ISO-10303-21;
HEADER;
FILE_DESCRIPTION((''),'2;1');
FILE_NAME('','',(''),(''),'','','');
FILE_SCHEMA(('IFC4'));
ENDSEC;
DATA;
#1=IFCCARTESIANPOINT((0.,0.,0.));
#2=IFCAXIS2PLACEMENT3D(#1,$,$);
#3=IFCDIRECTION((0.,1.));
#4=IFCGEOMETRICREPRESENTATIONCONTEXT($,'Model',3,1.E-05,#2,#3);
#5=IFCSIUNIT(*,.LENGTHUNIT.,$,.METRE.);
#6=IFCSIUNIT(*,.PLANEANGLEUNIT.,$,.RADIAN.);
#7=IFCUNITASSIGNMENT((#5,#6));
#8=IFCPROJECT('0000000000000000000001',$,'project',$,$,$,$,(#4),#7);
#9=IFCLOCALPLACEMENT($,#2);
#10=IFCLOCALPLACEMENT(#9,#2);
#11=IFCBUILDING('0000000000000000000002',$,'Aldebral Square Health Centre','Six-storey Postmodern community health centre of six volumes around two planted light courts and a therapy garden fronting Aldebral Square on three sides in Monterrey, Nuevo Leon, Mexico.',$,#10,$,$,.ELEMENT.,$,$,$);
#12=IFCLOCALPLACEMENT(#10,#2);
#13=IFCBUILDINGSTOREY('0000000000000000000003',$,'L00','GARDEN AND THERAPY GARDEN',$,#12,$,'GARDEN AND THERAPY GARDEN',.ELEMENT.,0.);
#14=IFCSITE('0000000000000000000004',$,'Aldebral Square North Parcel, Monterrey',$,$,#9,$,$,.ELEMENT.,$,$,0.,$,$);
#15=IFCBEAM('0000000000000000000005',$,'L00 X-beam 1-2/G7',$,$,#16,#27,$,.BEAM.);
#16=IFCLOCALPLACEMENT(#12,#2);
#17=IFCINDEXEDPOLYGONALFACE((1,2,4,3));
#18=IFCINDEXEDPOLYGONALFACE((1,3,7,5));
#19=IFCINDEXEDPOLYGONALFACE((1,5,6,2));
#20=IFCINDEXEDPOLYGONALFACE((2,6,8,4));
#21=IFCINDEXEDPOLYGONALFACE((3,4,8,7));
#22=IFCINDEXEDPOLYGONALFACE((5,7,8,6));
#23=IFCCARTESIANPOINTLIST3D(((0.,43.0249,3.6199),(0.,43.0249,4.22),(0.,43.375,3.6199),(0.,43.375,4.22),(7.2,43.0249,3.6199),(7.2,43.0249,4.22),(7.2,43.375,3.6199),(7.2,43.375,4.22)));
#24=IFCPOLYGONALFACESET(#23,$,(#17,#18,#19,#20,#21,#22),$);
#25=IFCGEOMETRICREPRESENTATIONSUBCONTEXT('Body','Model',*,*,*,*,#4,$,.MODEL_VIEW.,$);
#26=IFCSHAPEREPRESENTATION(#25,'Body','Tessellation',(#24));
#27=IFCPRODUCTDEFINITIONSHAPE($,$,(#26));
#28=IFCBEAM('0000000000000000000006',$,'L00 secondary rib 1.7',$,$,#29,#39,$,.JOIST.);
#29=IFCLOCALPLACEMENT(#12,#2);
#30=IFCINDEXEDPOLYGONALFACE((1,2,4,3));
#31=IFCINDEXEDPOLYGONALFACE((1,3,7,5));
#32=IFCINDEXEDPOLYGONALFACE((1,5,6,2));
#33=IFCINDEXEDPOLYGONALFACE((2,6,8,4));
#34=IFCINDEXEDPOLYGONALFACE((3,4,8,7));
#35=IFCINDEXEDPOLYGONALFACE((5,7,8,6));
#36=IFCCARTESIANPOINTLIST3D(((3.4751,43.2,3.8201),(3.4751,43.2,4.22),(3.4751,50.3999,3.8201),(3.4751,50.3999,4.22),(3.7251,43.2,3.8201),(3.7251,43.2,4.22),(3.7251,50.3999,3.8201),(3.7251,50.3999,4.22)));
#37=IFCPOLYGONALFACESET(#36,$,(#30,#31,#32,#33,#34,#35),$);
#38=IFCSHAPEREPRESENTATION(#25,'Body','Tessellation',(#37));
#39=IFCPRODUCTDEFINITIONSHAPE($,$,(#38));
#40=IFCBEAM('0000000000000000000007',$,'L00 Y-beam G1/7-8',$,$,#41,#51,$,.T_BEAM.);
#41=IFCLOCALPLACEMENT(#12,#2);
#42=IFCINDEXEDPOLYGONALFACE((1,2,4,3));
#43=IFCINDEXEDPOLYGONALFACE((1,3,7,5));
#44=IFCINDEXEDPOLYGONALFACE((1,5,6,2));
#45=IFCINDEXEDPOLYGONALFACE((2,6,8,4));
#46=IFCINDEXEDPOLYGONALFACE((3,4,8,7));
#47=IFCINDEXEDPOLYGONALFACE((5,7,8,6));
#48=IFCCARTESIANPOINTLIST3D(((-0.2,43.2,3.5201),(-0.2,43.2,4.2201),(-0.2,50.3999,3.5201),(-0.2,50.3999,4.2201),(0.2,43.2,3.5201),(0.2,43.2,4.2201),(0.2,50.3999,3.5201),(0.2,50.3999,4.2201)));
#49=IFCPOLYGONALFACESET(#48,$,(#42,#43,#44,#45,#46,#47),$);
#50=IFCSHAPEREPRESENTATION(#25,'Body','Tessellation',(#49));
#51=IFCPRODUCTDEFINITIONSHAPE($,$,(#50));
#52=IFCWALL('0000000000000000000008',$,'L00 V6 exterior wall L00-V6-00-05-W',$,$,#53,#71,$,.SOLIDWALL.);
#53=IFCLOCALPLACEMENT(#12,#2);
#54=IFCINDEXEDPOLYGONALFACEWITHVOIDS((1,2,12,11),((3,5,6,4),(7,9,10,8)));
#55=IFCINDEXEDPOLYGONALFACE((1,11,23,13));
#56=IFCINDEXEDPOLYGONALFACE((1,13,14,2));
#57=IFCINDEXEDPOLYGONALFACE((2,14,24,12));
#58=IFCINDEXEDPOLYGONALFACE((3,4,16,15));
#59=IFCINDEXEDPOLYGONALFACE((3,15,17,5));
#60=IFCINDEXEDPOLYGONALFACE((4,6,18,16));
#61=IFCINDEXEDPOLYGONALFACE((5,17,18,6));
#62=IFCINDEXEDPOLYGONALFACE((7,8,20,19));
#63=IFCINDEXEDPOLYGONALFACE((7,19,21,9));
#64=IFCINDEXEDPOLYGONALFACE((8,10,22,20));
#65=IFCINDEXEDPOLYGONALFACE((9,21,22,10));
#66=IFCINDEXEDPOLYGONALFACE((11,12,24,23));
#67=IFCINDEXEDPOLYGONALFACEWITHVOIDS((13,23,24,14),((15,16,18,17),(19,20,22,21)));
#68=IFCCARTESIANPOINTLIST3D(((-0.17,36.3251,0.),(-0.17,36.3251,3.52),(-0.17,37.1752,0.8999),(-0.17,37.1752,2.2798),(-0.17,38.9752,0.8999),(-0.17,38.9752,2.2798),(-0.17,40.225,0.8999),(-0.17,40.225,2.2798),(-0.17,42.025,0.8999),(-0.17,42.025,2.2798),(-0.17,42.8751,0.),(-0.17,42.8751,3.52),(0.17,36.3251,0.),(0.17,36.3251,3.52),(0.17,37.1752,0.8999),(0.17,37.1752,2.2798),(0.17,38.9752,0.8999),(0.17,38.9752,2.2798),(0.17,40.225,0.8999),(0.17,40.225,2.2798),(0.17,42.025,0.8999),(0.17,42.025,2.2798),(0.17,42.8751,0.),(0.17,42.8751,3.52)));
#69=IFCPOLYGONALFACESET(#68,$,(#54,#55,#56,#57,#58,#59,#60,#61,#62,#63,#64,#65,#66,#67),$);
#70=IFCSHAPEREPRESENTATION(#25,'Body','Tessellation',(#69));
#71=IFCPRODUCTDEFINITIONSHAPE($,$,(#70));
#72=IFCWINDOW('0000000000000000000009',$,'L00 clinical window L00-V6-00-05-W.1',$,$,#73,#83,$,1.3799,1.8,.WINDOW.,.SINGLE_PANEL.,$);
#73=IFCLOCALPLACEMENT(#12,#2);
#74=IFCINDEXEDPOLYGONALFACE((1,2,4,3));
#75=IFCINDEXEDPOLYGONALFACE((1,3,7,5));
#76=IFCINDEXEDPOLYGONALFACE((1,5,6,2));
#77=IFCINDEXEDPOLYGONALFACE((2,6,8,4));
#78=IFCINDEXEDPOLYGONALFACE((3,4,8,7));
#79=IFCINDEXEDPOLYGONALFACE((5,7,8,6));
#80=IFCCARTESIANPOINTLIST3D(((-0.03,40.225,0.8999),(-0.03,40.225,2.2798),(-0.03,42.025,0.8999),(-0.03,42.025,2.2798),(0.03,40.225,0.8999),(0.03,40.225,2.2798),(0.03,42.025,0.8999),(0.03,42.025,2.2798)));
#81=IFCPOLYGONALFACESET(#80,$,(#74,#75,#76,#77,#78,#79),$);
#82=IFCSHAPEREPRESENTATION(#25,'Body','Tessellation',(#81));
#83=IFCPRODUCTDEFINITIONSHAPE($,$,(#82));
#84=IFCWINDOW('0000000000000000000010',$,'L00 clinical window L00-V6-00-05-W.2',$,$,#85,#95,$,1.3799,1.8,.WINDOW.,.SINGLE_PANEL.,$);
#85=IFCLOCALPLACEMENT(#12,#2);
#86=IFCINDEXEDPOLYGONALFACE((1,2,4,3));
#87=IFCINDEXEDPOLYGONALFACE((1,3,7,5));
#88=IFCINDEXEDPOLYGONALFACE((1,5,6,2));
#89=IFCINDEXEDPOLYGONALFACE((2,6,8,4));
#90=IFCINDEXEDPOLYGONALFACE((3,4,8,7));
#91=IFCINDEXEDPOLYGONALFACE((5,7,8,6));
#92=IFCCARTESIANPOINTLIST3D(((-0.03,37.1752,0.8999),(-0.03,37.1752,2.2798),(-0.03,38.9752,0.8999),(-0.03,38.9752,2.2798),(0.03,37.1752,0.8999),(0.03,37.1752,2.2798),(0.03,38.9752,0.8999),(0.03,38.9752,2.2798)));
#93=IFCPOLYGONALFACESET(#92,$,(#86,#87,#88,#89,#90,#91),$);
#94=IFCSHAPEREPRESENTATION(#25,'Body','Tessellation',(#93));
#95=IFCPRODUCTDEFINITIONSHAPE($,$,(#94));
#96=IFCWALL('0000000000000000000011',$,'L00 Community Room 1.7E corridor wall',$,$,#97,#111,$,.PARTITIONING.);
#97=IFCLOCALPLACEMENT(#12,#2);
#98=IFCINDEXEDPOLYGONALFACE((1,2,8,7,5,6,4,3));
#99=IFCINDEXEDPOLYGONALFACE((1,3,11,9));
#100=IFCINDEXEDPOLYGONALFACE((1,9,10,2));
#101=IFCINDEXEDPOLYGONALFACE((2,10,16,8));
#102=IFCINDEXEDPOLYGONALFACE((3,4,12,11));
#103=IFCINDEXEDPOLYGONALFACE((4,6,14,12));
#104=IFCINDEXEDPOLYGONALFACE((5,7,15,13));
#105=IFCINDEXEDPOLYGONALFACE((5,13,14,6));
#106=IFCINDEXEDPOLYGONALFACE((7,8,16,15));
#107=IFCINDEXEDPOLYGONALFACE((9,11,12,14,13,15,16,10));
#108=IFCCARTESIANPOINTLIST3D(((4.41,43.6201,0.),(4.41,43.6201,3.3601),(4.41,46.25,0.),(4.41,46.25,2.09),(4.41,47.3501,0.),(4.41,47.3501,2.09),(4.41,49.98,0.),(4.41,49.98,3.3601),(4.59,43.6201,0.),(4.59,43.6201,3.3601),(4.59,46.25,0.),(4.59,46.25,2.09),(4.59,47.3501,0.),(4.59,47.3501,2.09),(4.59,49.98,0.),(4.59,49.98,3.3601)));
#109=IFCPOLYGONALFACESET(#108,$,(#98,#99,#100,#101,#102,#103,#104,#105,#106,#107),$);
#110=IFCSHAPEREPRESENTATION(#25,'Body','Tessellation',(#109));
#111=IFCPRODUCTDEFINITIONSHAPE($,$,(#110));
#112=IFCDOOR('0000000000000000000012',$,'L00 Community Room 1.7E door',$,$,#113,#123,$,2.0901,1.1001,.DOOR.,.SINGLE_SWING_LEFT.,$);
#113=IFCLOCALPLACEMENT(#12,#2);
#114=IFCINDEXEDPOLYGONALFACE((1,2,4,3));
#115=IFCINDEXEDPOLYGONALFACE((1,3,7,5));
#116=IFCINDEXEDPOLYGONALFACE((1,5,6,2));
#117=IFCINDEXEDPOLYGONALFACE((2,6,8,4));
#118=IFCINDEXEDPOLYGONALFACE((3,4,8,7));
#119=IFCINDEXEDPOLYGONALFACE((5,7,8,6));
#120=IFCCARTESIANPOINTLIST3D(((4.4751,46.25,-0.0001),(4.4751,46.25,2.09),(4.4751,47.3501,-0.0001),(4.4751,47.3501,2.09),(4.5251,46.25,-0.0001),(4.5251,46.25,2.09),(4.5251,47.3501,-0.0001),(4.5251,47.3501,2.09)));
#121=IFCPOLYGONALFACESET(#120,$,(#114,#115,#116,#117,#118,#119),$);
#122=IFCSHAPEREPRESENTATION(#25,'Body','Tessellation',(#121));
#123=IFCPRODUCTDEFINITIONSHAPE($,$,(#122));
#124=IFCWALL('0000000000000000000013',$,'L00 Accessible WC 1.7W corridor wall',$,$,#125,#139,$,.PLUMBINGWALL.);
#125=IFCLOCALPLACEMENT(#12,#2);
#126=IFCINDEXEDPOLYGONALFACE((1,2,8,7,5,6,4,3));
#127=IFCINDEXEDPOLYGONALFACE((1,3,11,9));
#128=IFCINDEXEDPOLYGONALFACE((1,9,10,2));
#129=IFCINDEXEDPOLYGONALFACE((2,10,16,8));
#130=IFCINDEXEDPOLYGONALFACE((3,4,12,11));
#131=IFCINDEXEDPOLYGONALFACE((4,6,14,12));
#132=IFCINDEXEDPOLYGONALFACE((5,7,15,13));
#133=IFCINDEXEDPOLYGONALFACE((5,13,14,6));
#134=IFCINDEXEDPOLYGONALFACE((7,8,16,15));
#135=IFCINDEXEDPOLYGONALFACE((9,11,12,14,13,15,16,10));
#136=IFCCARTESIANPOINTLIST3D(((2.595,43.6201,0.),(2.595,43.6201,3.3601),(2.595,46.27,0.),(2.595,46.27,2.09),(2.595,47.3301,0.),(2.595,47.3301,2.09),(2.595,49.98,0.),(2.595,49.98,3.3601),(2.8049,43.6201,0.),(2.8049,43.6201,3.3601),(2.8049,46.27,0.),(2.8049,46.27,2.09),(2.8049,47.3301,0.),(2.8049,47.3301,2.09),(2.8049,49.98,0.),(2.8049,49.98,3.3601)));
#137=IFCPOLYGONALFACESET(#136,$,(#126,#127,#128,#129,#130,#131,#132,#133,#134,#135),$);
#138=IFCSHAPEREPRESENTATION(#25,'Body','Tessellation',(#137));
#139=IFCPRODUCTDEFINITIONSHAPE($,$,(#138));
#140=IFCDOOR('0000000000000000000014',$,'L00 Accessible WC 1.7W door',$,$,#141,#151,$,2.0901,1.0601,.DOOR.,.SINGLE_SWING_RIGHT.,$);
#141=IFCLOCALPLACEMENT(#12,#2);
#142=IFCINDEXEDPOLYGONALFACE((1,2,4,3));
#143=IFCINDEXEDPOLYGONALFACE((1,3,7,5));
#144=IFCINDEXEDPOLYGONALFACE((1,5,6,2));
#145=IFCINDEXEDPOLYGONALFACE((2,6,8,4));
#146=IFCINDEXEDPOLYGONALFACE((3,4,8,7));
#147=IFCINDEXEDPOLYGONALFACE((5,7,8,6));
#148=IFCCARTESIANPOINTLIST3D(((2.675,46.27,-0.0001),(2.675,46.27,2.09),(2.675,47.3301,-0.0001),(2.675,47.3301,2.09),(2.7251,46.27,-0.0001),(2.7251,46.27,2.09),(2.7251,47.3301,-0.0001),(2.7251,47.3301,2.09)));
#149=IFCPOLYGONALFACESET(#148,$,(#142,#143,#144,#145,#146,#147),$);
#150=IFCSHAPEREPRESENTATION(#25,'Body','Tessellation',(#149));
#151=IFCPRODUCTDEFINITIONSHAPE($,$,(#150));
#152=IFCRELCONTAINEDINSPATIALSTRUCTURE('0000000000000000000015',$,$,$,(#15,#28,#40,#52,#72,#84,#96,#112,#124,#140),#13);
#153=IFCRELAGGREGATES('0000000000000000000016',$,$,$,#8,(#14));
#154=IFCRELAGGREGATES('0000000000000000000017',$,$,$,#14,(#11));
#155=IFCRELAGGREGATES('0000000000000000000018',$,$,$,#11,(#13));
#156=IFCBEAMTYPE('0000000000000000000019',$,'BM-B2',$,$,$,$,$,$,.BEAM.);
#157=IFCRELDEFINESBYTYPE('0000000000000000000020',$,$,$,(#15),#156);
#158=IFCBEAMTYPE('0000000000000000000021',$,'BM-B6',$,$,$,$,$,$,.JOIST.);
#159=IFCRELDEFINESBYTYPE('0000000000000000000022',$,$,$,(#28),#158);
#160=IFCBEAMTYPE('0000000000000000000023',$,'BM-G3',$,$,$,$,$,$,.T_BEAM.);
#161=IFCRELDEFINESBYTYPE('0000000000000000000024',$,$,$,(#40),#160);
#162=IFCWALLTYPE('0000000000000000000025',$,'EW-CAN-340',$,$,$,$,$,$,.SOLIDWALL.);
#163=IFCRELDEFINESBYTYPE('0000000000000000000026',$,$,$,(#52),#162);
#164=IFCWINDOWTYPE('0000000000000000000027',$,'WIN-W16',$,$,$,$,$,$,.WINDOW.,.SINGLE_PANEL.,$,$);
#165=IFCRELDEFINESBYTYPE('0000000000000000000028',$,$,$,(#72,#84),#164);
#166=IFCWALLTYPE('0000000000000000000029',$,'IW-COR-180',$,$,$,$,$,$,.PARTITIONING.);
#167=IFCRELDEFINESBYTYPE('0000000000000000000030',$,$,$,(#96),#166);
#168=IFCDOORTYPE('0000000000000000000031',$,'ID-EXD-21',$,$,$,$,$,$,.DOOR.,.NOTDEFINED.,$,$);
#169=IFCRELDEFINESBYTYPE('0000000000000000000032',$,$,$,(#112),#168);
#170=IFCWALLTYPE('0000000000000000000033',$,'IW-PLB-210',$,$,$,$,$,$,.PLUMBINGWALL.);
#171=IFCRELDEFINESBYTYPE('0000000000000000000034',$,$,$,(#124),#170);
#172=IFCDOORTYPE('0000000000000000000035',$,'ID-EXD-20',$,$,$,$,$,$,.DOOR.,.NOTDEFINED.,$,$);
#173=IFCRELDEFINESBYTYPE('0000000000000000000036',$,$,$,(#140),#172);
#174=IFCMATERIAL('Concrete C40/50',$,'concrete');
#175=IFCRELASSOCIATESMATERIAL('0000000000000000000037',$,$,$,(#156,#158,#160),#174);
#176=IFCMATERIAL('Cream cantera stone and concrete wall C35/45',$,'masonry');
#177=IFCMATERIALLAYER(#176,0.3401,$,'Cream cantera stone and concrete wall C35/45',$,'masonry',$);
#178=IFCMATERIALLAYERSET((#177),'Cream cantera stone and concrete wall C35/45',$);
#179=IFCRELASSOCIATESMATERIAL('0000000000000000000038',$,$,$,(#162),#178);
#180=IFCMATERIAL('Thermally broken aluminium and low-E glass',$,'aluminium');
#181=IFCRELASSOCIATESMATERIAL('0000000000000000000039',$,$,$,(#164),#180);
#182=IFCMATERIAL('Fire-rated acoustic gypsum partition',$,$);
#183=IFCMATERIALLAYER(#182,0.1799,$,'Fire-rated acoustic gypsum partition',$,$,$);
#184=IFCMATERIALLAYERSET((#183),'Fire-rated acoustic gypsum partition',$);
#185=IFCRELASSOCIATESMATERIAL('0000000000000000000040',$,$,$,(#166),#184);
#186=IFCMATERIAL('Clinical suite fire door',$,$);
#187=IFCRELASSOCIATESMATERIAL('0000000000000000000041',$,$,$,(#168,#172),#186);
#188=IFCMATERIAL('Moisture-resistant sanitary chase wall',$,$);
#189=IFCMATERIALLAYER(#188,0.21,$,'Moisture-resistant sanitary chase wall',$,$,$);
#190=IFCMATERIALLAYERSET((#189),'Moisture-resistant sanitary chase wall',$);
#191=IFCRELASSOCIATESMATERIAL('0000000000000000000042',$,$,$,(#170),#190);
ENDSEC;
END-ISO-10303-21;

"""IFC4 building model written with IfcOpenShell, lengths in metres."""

from ifc_helpers import new_model, si_unit, direction, frame, frame_2d, origin, origin_2d, place, context, subcontext, project, spatial, rectangle, extrude, material, layer, layer_set, material_profile, profile_set, type_object, element, fill, save


model = new_model("IFC4")

# Units and contexts
model_context = context("Model", 3, precision=1e-05, world=origin(), true_north=direction((0.0, 1.0)))
body_context = subcontext(model_context, "Body", "Model", "MODEL_VIEW")
ifc_project = project(units=[si_unit("LENGTHUNIT", "METRE"), si_unit("PLANEANGLEUNIT", "RADIAN")], contexts=[model_context])

# Site, building, storey
site_placement = place(None, origin())
site = spatial("IfcSite", under=ifc_project, at=site_placement, Name="Aldebral Square North Parcel, Monterrey", CompositionType="ELEMENT", RefElevation=0.0)
building_placement = place(site_placement, origin())
building = spatial("IfcBuilding", under=site, at=building_placement, Name="Aldebral Square Health Centre", Description="Six-storey Postmodern community health centre of six volumes around two planted light courts and a therapy garden fronting Aldebral Square on three sides in Monterrey, Nuevo Leon, Mexico.", CompositionType="ELEMENT")
storey_placement = place(building_placement, origin())
storey = spatial("IfcBuildingStorey", under=building, at=storey_placement, Name="L00", Description="GARDEN AND THERAPY GARDEN", LongName="GARDEN AND THERAPY GARDEN", CompositionType="ELEMENT", Elevation=0.0)

# Shared definitions
ifc_material_1 = material(Name="Concrete C40/50", Category="concrete")

# Beams
ifc_material_profile_1 = material_profile(ifc_material_1, rectangle(XDim=0.3501, YDim=0.6001, at=origin_2d()), Name="RC 350x600")
ifc_profile_set_1 = profile_set([ifc_material_profile_1], Name="Concrete C40/50")
beam_type_1 = type_object("IfcBeamType", Name="BM-B2", PredefinedType="BEAM", material=ifc_profile_set_1)
beam_1_placement = place(storey_placement, frame((0.0, 43.2, 3.9199), z_axis=(1.0, 0.0, 0.0), x_axis=(0.0, 1.0, 0.0)))
element("IfcBeam", 1, at=beam_1_placement, inside=storey, type_object=beam_type_1, Name="L00 X-beam 1-2/G7", PredefinedType="BEAM", context=body_context, shape_type="SweptSolid", body=[
    extrude(rectangle(XDim=0.3501, YDim=0.6001, at=origin_2d()), origin(), (0.0, 0.0, 1.0), 7.2),
])
ifc_material_profile_2 = material_profile(ifc_material_1, rectangle(XDim=0.25, YDim=0.3999, at=origin_2d()), Name="RC 250x400")
ifc_profile_set_2 = profile_set([ifc_material_profile_2], Name="Concrete C40/50")
beam_type_2 = type_object("IfcBeamType", Name="BM-B6", PredefinedType="JOIST", material=ifc_profile_set_2)
beam_2_placement = place(storey_placement, frame((3.6001, 43.2, 4.02), z_axis=(0.0, 1.0, 0.0), x_axis=(-1.0, 0.0, 0.0)))
element("IfcBeam", 2, at=beam_2_placement, inside=storey, type_object=beam_type_2, Name="L00 secondary rib 1.7", PredefinedType="JOIST", context=body_context, shape_type="SweptSolid", body=[
    extrude(rectangle(XDim=0.25, YDim=0.3999, at=origin_2d()), origin(), (0.0, 0.0, 1.0), 7.2),
])
ifc_material_profile_3 = material_profile(ifc_material_1, rectangle(XDim=0.3999, YDim=0.7, at=origin_2d()), Name="RC 400x700")
ifc_profile_set_3 = profile_set([ifc_material_profile_3], Name="Concrete C40/50")
beam_type_3 = type_object("IfcBeamType", Name="BM-G3", PredefinedType="T_BEAM", material=ifc_profile_set_3)
beam_3_placement = place(storey_placement, frame((0.0, 43.2, 3.8701), z_axis=(0.0, 1.0, 0.0), x_axis=(-1.0, 0.0, 0.0)))
element("IfcBeam", 3, at=beam_3_placement, inside=storey, type_object=beam_type_3, Name="L00 Y-beam G1/7-8", PredefinedType="T_BEAM", context=body_context, shape_type="SweptSolid", body=[
    extrude(rectangle(XDim=0.3999, YDim=0.7, at=origin_2d()), origin(), (0.0, 0.0, 1.0), 7.2),
])

# Wall, openings, windows
ifc_material_2 = material(Name="Cream cantera stone and concrete wall C35/45", Category="masonry")
ifc_layer_1 = layer(ifc_material_2, 0.3401, Name="Cream cantera stone and concrete wall C35/45", Category="masonry")
ifc_layer_set_1 = layer_set([ifc_layer_1], Name="Cream cantera stone and concrete wall C35/45")
wall_type_1 = type_object("IfcWallType", Name="EW-CAN-340", PredefinedType="SOLIDWALL", material=ifc_layer_set_1)
wall_1_placement = place(storey_placement, frame((0.0, 42.875, 0.0), z_axis=(0.0, 0.0, 1.0), x_axis=(0.0, -1.0, 0.0)))
wall_1 = element("IfcWall", 4, at=wall_1_placement, inside=storey, type_object=wall_type_1, Name="L00 V6 exterior wall L00-V6-00-05-W", PredefinedType="SOLIDWALL", context=body_context, shape_type="SweptSolid", body=[
    extrude(rectangle(XDim=6.55, YDim=0.3401, at=frame_2d((3.2749, 0.0))), origin(), (0.0, 0.0, 1.0), 3.52),
])
opening_1_placement = place(wall_1_placement, frame((0.8501, 0.0, 0.8999)))
opening_1 = element("IfcOpeningElement", 5, at=opening_1_placement, cuts=wall_1, PredefinedType="OPENING", context=body_context, shape_type="SweptSolid", body=[
    extrude(rectangle(XDim=1.8, YDim=1.3799, at=frame_2d((0.8999, 0.6899))), frame((0.0, 0.1802, 0.0), z_axis=(0.0, -1.0, 0.0), x_axis=(1.0, 0.0, 0.0)), (0.0, 0.0, 1.0), 0.3601),
])
opening_2_placement = place(wall_1_placement, frame((3.8999, 0.0, 0.8999)))
opening_2 = element("IfcOpeningElement", 6, at=opening_2_placement, cuts=wall_1, PredefinedType="OPENING", context=body_context, shape_type="SweptSolid", body=[
    extrude(rectangle(XDim=1.8, YDim=1.3799, at=frame_2d((0.8999, 0.6899))), frame((0.0, 0.1802, 0.0), z_axis=(0.0, -1.0, 0.0), x_axis=(1.0, 0.0, 0.0)), (0.0, 0.0, 1.0), 0.3601),
])
ifc_material_3 = material(Name="Thermally broken aluminium and low-E glass", Category="aluminium")
window_type = type_object("IfcWindowType", Name="WIN-W16", PartitioningType="SINGLE_PANEL", PredefinedType="WINDOW", material=ifc_material_3)
window_1_placement = place(opening_1_placement, origin())
window_1 = element("IfcWindow", 7, at=window_1_placement, inside=storey, type_object=window_type, Name="L00 clinical window L00-V6-00-05-W.1", OverallHeight=1.3799, OverallWidth=1.8, PartitioningType="SINGLE_PANEL", PredefinedType="WINDOW", context=body_context, shape_type="SweptSolid", body=[
    extrude(rectangle(XDim=1.8, YDim=1.3799, at=frame_2d((0.8999, 0.6899))), frame((0.0, 0.03, 0.0), z_axis=(0.0, -1.0, 0.0), x_axis=(1.0, 0.0, 0.0)), (0.0, 0.0, 1.0), 0.0601),
])
fill(opening_1, window_1)
window_2_placement = place(opening_2_placement, origin())
window_2 = element("IfcWindow", 8, at=window_2_placement, inside=storey, type_object=window_type, Name="L00 clinical window L00-V6-00-05-W.2", OverallHeight=1.3799, OverallWidth=1.8, PartitioningType="SINGLE_PANEL", PredefinedType="WINDOW", context=body_context, shape_type="SweptSolid", body=[
    extrude(rectangle(XDim=1.8, YDim=1.3799, at=frame_2d((0.8999, 0.6899))), frame((0.0, 0.03, 0.0), z_axis=(0.0, -1.0, 0.0), x_axis=(1.0, 0.0, 0.0)), (0.0, 0.0, 1.0), 0.0601),
])
fill(opening_2, window_2)

# Walls, openings, doors
ifc_material_4 = material(Name="Fire-rated acoustic gypsum partition")
ifc_layer_2 = layer(ifc_material_4, 0.1799, Name="Fire-rated acoustic gypsum partition")
ifc_layer_set_2 = layer_set([ifc_layer_2], Name="Fire-rated acoustic gypsum partition")
wall_type_2 = type_object("IfcWallType", Name="IW-COR-180", PredefinedType="PARTITIONING", material=ifc_layer_set_2)
wall_2_placement = place(storey_placement, frame((4.5, 43.6201, 0.0), z_axis=(0.0, 0.0, 1.0), x_axis=(0.0, 1.0, 0.0)))
wall_2 = element("IfcWall", 9, at=wall_2_placement, inside=storey, type_object=wall_type_2, Name="L00 Community Room 1.7E corridor wall", PredefinedType="PARTITIONING", context=body_context, shape_type="SweptSolid", body=[
    extrude(rectangle(XDim=6.3599, YDim=0.1799, at=frame_2d((3.1799, 0.0))), origin(), (0.0, 0.0, 1.0), 3.3601),
])
opening_3_placement = place(wall_2_placement, frame((2.6299, 0.0, 0.0)))
opening_3 = element("IfcOpeningElement", 10, at=opening_3_placement, cuts=wall_2, PredefinedType="OPENING", context=body_context, shape_type="SweptSolid", body=[
    extrude(rectangle(XDim=1.1001, YDim=2.0901, at=frame_2d((0.55, 1.0449))), frame((0.0, 0.1001, 0.0), z_axis=(0.0, -1.0, 0.0), x_axis=(1.0, 0.0, 0.0)), (0.0, 0.0, 1.0), 0.2),
])
ifc_material_5 = material(Name="Clinical suite fire door")
door_type_1 = type_object("IfcDoorType", Name="ID-EXD-21", OperationType="NOTDEFINED", PredefinedType="DOOR", material=ifc_material_5)
door_1_placement = place(opening_3_placement, origin())
door_1 = element("IfcDoor", 11, at=door_1_placement, inside=storey, type_object=door_type_1, Name="L00 Community Room 1.7E door", OperationType="SINGLE_SWING_LEFT", OverallHeight=2.0901, OverallWidth=1.1001, PredefinedType="DOOR", context=body_context, shape_type="SweptSolid", body=[
    extrude(rectangle(XDim=1.1001, YDim=2.0901, at=frame_2d((0.55, 1.0449))), frame((0.0, 0.0249, 0.0), z_axis=(0.0, -1.0, 0.0), x_axis=(1.0, 0.0, 0.0)), (0.0, 0.0, 1.0), 0.05),
])
fill(opening_3, door_1)
ifc_material_6 = material(Name="Moisture-resistant sanitary chase wall")
ifc_layer_3 = layer(ifc_material_6, 0.21, Name="Moisture-resistant sanitary chase wall")
ifc_layer_set_3 = layer_set([ifc_layer_3], Name="Moisture-resistant sanitary chase wall")
wall_type_3 = type_object("IfcWallType", Name="IW-PLB-210", PredefinedType="PLUMBINGWALL", material=ifc_layer_set_3)
wall_3_placement = place(storey_placement, frame((2.7, 43.6201, 0.0), z_axis=(0.0, 0.0, 1.0), x_axis=(0.0, 1.0, 0.0)))
wall_3 = element("IfcWall", 12, at=wall_3_placement, inside=storey, type_object=wall_type_3, Name="L00 Accessible WC 1.7W corridor wall", PredefinedType="PLUMBINGWALL", context=body_context, shape_type="SweptSolid", body=[
    extrude(rectangle(XDim=6.3599, YDim=0.21, at=frame_2d((3.1799, 0.0))), origin(), (0.0, 0.0, 1.0), 3.3601),
])
opening_4_placement = place(wall_3_placement, frame((2.6499, 0.0, 0.0)))
opening_4 = element("IfcOpeningElement", 13, at=opening_4_placement, cuts=wall_3, PredefinedType="OPENING", context=body_context, shape_type="SweptSolid", body=[
    extrude(rectangle(XDim=1.0601, YDim=2.0901, at=frame_2d((0.53, 1.0449))), frame((0.0, 0.115, 0.0), z_axis=(0.0, -1.0, 0.0), x_axis=(1.0, 0.0, 0.0)), (0.0, 0.0, 1.0), 0.23),
])
door_type_2 = type_object("IfcDoorType", Name="ID-EXD-20", OperationType="NOTDEFINED", PredefinedType="DOOR", material=ifc_material_5)
door_2_placement = place(opening_4_placement, origin())
door_2 = element("IfcDoor", 14, at=door_2_placement, inside=storey, type_object=door_type_2, Name="L00 Accessible WC 1.7W door", OperationType="SINGLE_SWING_RIGHT", OverallHeight=2.0901, OverallWidth=1.0601, PredefinedType="DOOR", context=body_context, shape_type="SweptSolid", body=[
    extrude(rectangle(XDim=1.0601, YDim=2.0901, at=frame_2d((0.53, 1.0449))), frame((0.0, 0.0249, 0.0), z_axis=(0.0, -1.0, 0.0), x_axis=(1.0, 0.0, 0.0)), (0.0, 0.0, 1.0), 0.05),
])
fill(opening_4, door_2)

save(model, "model.ifc")
